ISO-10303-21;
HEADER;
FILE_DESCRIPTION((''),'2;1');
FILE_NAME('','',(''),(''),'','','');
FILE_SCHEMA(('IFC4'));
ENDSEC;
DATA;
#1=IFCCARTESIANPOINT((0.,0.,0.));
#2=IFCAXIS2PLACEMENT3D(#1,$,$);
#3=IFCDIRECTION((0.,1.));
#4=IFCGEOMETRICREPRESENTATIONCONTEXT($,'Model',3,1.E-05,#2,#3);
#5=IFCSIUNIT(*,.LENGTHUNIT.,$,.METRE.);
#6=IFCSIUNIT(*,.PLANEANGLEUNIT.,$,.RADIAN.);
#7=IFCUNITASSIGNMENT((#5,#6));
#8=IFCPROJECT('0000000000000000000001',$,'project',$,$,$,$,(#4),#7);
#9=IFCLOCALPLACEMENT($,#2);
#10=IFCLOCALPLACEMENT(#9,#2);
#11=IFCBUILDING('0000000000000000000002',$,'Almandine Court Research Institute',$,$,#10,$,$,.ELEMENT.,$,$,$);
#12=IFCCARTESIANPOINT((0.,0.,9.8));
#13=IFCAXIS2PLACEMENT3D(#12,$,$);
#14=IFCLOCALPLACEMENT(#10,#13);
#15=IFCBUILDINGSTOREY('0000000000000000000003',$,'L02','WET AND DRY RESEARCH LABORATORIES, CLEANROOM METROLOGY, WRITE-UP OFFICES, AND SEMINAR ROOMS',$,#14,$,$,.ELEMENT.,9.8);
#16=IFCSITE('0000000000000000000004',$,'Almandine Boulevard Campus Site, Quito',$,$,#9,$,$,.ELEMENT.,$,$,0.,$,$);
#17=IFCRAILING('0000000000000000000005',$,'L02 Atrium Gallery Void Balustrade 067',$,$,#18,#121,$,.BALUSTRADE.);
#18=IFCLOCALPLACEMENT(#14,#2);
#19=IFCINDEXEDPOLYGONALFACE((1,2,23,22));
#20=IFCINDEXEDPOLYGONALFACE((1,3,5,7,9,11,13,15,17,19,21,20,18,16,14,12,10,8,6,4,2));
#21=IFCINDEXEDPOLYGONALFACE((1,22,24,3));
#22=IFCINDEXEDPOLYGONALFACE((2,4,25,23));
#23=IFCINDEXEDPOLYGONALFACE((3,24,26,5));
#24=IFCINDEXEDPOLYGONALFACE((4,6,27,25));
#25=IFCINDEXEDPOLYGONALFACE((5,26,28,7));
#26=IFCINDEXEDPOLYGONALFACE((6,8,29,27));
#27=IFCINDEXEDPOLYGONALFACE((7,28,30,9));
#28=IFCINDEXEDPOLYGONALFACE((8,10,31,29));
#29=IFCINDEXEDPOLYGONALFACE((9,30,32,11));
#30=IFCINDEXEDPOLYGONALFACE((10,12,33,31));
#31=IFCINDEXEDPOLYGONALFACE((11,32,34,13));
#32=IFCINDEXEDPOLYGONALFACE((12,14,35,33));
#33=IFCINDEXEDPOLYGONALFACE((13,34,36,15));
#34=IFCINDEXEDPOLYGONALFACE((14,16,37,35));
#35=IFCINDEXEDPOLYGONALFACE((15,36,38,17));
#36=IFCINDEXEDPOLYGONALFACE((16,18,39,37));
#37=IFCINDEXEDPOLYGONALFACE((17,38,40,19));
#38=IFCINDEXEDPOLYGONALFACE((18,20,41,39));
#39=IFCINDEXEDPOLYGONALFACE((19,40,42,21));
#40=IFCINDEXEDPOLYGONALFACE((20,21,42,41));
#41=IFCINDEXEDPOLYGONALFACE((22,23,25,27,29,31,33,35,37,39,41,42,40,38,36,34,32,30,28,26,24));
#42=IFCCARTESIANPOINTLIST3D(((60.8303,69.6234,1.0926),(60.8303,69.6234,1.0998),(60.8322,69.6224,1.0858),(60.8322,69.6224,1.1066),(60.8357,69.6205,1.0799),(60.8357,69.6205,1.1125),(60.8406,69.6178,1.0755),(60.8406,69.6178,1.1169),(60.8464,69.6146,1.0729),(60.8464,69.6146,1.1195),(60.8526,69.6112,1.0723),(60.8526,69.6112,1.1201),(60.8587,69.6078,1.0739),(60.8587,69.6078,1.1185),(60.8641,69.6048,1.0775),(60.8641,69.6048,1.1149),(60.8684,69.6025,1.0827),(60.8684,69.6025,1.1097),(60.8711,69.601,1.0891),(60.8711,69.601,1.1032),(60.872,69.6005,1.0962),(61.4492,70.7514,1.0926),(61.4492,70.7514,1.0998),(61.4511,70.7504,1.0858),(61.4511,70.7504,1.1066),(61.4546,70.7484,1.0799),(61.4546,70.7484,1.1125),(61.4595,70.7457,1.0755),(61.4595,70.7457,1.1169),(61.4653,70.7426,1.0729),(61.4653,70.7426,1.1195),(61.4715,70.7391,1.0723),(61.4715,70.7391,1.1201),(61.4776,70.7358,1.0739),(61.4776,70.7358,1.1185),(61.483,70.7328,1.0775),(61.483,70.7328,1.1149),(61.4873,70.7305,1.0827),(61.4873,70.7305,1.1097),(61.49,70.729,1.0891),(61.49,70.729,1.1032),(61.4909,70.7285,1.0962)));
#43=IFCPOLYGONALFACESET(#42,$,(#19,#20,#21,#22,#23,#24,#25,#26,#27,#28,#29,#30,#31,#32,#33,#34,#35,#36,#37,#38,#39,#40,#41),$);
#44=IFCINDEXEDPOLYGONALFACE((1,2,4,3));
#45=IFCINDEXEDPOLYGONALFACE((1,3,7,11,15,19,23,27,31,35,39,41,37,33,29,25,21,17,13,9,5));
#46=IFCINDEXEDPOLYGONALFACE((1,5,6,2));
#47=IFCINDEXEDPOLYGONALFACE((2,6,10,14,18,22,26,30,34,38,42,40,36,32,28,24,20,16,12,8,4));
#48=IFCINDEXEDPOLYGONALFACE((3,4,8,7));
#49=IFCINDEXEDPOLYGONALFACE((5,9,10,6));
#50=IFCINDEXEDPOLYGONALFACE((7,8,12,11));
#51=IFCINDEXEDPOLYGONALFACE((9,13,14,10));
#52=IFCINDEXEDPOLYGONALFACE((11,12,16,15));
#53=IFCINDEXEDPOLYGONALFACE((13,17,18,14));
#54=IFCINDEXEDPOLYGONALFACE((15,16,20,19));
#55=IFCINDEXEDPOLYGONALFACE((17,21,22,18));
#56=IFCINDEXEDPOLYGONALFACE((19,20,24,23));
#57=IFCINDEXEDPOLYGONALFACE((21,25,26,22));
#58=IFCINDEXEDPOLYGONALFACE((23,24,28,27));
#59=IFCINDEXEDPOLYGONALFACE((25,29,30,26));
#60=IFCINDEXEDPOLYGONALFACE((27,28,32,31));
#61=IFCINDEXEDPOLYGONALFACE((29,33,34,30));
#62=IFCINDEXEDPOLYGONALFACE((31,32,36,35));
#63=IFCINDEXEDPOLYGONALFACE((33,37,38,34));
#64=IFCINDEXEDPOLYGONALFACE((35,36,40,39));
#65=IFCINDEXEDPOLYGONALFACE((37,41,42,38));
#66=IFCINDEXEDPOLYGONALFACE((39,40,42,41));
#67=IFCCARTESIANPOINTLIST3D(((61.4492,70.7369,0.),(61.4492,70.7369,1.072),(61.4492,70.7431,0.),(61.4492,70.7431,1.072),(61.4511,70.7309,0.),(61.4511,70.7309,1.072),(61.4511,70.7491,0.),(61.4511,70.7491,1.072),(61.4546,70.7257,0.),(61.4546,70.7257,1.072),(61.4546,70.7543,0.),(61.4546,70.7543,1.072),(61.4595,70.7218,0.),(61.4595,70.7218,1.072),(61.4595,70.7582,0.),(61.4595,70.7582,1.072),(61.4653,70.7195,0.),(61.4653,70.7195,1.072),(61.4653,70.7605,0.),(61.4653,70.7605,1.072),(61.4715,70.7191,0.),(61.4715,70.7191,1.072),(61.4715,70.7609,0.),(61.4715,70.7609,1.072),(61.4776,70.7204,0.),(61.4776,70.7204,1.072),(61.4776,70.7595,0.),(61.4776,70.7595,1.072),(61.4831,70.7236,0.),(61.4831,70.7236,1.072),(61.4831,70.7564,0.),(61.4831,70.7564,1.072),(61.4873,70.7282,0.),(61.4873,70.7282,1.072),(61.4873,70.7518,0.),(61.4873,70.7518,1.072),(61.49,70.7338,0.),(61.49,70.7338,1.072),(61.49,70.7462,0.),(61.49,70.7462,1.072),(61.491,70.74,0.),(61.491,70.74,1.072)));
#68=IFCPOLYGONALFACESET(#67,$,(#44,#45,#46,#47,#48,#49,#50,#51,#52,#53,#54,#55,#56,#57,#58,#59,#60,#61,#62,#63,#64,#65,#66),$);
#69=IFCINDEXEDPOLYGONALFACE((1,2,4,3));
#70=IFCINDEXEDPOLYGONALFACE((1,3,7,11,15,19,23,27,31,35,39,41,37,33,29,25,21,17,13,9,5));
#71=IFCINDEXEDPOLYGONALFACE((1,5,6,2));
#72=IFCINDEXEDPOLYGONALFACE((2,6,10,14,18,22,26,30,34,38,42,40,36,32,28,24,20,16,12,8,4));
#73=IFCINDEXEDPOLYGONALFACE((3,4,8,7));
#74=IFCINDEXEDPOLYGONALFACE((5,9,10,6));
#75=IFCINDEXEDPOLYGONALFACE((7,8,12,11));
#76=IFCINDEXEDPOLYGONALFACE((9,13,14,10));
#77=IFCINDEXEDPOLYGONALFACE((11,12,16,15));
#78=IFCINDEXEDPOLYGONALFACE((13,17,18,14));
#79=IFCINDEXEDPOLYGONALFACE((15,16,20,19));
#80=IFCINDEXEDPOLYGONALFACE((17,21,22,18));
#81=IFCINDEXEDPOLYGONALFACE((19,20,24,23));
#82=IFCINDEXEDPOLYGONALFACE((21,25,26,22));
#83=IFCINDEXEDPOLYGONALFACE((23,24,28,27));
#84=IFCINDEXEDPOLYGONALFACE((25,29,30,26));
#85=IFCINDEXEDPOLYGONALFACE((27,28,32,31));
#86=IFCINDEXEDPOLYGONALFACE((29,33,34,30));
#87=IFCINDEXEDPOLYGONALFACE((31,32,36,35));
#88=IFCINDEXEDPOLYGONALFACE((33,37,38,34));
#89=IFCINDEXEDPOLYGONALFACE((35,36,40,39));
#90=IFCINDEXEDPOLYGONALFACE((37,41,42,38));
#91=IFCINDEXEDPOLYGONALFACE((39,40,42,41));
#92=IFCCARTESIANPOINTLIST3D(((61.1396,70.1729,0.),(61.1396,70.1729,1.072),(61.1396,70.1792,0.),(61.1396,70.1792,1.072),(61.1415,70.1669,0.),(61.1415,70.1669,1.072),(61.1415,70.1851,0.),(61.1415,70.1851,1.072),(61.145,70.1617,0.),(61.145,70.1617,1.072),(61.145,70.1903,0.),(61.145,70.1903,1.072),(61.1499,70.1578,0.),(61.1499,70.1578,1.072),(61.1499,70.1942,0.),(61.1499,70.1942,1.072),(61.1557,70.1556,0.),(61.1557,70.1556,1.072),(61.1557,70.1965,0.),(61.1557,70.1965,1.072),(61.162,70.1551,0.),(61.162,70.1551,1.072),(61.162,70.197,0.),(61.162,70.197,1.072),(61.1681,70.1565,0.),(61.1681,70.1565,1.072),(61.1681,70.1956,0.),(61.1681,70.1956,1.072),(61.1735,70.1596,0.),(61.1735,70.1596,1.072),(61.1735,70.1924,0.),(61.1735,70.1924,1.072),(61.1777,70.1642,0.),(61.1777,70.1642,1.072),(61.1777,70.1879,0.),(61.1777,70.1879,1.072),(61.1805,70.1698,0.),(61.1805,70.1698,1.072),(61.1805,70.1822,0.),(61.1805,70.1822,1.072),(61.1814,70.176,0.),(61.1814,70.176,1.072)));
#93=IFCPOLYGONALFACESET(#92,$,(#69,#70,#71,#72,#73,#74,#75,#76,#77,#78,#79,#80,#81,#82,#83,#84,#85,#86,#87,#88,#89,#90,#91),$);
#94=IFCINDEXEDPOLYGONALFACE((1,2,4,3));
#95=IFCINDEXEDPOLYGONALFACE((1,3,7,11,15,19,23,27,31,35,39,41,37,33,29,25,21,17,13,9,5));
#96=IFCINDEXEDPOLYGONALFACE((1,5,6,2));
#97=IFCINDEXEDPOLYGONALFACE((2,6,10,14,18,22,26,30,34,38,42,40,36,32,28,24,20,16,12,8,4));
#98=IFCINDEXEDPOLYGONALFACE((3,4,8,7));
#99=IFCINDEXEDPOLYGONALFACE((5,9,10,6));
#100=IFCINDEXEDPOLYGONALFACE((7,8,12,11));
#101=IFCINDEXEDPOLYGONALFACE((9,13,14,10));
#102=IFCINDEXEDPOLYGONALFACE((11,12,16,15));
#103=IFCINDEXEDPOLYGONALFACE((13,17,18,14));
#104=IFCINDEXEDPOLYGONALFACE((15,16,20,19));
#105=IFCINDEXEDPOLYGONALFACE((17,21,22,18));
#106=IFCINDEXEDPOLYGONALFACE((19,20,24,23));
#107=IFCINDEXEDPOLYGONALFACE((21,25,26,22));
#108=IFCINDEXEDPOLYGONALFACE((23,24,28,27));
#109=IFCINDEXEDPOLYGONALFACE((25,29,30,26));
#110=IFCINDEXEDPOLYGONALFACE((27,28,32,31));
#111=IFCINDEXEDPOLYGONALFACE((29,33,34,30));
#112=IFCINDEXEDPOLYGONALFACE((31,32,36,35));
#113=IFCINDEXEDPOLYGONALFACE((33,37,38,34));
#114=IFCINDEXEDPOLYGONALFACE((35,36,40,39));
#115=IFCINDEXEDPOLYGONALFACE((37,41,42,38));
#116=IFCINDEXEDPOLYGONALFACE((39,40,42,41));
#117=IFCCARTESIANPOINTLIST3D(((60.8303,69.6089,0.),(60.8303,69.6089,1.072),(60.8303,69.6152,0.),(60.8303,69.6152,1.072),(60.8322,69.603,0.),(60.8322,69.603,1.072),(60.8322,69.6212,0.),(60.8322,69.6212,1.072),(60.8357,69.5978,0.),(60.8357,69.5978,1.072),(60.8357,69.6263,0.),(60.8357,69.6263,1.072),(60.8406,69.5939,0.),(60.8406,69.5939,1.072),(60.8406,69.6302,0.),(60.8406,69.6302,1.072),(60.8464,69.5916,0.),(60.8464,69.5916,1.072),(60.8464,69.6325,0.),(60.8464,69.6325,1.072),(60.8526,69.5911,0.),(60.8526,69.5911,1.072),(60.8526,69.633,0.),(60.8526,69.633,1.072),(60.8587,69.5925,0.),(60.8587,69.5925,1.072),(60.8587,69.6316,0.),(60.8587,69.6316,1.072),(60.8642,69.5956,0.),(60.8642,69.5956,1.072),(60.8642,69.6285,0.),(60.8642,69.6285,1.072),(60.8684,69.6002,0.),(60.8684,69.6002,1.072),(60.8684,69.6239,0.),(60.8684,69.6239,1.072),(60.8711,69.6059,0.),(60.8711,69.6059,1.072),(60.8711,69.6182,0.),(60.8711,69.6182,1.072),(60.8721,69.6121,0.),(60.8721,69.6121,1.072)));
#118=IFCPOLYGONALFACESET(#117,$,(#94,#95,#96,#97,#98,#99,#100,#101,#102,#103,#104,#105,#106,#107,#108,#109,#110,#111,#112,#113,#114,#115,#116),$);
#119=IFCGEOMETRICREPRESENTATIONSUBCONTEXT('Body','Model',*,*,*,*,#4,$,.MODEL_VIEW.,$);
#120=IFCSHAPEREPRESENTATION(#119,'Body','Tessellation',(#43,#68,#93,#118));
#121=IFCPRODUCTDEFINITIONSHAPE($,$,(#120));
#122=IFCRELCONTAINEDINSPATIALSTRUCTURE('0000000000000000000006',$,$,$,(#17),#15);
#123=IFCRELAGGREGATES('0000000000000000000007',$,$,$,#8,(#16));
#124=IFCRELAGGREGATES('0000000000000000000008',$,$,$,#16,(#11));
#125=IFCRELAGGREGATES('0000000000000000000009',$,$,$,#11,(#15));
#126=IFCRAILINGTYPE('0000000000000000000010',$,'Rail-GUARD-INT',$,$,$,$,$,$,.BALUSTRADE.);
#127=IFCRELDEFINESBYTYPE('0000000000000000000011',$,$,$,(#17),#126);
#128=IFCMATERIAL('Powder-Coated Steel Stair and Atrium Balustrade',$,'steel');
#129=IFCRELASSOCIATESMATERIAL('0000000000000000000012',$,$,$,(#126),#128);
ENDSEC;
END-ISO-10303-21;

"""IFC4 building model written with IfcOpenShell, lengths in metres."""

from ifc_helpers import new_model, si_unit, direction, frame, origin, origin_2d, place, context, subcontext, project, spatial, circle, extrude, material, type_object, element, save


model = new_model("IFC4")

# Units and contexts
model_context = context("Model", 3, precision=1e-05, world=origin(), true_north=direction((0.0, 1.0)))
body_context = subcontext(model_context, "Body", "Model", "MODEL_VIEW")
ifc_project = project(units=[si_unit("LENGTHUNIT", "METRE"), si_unit("PLANEANGLEUNIT", "RADIAN")], contexts=[model_context])

# Site, building, storey
site_placement = place(None, origin())
site = spatial("IfcSite", under=ifc_project, at=site_placement, Name="Almandine Boulevard Campus Site, Quito", CompositionType="ELEMENT", RefElevation=0.0)
building_placement = place(site_placement, origin())
building = spatial("IfcBuilding", under=site, at=building_placement, Name="Almandine Court Research Institute", CompositionType="ELEMENT")
storey_placement = place(building_placement, frame((0.0, 0.0, 9.8)))
storey = spatial("IfcBuildingStorey", under=building, at=storey_placement, Name="L02", Description="WET AND DRY RESEARCH LABORATORIES, CLEANROOM METROLOGY, WRITE-UP OFFICES, AND SEMINAR ROOMS", CompositionType="ELEMENT", Elevation=9.8)

# Railing
ifc_material_1 = material(Name="Powder-Coated Steel Stair and Atrium Balustrade", Category="steel")
railing_type = type_object("IfcRailingType", Name="Rail-GUARD-INT", PredefinedType="BALUSTRADE", material=ifc_material_1)
railing_1_placement = place(storey_placement, frame((61.47, 70.74, 0.0)))
element("IfcRailing", 1, at=railing_1_placement, inside=storey, type_object=railing_type, Name="L02 Atrium Gallery Void Balustrade 067", PredefinedType="BALUSTRADE", context=body_context, shape_type="SweptSolid", body=[
    extrude(circle(Radius=0.0239, at=origin_2d()), frame((0.0, 0.0, 1.0962), z_axis=(-0.481044, -0.876696, 0.0), x_axis=(0.876696, -0.481044, 0.0)), (0.0, 0.0, 1.0), 1.2866),
    extrude(circle(Radius=0.021, at=origin_2d()), origin(), (0.0, 0.0, 1.0), 1.072),
    extrude(circle(Radius=0.021, at=origin_2d()), frame((-0.3096, -0.564, 0.0)), (0.0, 0.0, 1.0), 1.072),
    extrude(circle(Radius=0.021, at=origin_2d()), frame((-0.6189, -1.1279, 0.0)), (0.0, 0.0, 1.0), 1.072),
])

save(model, "model.ifc")
